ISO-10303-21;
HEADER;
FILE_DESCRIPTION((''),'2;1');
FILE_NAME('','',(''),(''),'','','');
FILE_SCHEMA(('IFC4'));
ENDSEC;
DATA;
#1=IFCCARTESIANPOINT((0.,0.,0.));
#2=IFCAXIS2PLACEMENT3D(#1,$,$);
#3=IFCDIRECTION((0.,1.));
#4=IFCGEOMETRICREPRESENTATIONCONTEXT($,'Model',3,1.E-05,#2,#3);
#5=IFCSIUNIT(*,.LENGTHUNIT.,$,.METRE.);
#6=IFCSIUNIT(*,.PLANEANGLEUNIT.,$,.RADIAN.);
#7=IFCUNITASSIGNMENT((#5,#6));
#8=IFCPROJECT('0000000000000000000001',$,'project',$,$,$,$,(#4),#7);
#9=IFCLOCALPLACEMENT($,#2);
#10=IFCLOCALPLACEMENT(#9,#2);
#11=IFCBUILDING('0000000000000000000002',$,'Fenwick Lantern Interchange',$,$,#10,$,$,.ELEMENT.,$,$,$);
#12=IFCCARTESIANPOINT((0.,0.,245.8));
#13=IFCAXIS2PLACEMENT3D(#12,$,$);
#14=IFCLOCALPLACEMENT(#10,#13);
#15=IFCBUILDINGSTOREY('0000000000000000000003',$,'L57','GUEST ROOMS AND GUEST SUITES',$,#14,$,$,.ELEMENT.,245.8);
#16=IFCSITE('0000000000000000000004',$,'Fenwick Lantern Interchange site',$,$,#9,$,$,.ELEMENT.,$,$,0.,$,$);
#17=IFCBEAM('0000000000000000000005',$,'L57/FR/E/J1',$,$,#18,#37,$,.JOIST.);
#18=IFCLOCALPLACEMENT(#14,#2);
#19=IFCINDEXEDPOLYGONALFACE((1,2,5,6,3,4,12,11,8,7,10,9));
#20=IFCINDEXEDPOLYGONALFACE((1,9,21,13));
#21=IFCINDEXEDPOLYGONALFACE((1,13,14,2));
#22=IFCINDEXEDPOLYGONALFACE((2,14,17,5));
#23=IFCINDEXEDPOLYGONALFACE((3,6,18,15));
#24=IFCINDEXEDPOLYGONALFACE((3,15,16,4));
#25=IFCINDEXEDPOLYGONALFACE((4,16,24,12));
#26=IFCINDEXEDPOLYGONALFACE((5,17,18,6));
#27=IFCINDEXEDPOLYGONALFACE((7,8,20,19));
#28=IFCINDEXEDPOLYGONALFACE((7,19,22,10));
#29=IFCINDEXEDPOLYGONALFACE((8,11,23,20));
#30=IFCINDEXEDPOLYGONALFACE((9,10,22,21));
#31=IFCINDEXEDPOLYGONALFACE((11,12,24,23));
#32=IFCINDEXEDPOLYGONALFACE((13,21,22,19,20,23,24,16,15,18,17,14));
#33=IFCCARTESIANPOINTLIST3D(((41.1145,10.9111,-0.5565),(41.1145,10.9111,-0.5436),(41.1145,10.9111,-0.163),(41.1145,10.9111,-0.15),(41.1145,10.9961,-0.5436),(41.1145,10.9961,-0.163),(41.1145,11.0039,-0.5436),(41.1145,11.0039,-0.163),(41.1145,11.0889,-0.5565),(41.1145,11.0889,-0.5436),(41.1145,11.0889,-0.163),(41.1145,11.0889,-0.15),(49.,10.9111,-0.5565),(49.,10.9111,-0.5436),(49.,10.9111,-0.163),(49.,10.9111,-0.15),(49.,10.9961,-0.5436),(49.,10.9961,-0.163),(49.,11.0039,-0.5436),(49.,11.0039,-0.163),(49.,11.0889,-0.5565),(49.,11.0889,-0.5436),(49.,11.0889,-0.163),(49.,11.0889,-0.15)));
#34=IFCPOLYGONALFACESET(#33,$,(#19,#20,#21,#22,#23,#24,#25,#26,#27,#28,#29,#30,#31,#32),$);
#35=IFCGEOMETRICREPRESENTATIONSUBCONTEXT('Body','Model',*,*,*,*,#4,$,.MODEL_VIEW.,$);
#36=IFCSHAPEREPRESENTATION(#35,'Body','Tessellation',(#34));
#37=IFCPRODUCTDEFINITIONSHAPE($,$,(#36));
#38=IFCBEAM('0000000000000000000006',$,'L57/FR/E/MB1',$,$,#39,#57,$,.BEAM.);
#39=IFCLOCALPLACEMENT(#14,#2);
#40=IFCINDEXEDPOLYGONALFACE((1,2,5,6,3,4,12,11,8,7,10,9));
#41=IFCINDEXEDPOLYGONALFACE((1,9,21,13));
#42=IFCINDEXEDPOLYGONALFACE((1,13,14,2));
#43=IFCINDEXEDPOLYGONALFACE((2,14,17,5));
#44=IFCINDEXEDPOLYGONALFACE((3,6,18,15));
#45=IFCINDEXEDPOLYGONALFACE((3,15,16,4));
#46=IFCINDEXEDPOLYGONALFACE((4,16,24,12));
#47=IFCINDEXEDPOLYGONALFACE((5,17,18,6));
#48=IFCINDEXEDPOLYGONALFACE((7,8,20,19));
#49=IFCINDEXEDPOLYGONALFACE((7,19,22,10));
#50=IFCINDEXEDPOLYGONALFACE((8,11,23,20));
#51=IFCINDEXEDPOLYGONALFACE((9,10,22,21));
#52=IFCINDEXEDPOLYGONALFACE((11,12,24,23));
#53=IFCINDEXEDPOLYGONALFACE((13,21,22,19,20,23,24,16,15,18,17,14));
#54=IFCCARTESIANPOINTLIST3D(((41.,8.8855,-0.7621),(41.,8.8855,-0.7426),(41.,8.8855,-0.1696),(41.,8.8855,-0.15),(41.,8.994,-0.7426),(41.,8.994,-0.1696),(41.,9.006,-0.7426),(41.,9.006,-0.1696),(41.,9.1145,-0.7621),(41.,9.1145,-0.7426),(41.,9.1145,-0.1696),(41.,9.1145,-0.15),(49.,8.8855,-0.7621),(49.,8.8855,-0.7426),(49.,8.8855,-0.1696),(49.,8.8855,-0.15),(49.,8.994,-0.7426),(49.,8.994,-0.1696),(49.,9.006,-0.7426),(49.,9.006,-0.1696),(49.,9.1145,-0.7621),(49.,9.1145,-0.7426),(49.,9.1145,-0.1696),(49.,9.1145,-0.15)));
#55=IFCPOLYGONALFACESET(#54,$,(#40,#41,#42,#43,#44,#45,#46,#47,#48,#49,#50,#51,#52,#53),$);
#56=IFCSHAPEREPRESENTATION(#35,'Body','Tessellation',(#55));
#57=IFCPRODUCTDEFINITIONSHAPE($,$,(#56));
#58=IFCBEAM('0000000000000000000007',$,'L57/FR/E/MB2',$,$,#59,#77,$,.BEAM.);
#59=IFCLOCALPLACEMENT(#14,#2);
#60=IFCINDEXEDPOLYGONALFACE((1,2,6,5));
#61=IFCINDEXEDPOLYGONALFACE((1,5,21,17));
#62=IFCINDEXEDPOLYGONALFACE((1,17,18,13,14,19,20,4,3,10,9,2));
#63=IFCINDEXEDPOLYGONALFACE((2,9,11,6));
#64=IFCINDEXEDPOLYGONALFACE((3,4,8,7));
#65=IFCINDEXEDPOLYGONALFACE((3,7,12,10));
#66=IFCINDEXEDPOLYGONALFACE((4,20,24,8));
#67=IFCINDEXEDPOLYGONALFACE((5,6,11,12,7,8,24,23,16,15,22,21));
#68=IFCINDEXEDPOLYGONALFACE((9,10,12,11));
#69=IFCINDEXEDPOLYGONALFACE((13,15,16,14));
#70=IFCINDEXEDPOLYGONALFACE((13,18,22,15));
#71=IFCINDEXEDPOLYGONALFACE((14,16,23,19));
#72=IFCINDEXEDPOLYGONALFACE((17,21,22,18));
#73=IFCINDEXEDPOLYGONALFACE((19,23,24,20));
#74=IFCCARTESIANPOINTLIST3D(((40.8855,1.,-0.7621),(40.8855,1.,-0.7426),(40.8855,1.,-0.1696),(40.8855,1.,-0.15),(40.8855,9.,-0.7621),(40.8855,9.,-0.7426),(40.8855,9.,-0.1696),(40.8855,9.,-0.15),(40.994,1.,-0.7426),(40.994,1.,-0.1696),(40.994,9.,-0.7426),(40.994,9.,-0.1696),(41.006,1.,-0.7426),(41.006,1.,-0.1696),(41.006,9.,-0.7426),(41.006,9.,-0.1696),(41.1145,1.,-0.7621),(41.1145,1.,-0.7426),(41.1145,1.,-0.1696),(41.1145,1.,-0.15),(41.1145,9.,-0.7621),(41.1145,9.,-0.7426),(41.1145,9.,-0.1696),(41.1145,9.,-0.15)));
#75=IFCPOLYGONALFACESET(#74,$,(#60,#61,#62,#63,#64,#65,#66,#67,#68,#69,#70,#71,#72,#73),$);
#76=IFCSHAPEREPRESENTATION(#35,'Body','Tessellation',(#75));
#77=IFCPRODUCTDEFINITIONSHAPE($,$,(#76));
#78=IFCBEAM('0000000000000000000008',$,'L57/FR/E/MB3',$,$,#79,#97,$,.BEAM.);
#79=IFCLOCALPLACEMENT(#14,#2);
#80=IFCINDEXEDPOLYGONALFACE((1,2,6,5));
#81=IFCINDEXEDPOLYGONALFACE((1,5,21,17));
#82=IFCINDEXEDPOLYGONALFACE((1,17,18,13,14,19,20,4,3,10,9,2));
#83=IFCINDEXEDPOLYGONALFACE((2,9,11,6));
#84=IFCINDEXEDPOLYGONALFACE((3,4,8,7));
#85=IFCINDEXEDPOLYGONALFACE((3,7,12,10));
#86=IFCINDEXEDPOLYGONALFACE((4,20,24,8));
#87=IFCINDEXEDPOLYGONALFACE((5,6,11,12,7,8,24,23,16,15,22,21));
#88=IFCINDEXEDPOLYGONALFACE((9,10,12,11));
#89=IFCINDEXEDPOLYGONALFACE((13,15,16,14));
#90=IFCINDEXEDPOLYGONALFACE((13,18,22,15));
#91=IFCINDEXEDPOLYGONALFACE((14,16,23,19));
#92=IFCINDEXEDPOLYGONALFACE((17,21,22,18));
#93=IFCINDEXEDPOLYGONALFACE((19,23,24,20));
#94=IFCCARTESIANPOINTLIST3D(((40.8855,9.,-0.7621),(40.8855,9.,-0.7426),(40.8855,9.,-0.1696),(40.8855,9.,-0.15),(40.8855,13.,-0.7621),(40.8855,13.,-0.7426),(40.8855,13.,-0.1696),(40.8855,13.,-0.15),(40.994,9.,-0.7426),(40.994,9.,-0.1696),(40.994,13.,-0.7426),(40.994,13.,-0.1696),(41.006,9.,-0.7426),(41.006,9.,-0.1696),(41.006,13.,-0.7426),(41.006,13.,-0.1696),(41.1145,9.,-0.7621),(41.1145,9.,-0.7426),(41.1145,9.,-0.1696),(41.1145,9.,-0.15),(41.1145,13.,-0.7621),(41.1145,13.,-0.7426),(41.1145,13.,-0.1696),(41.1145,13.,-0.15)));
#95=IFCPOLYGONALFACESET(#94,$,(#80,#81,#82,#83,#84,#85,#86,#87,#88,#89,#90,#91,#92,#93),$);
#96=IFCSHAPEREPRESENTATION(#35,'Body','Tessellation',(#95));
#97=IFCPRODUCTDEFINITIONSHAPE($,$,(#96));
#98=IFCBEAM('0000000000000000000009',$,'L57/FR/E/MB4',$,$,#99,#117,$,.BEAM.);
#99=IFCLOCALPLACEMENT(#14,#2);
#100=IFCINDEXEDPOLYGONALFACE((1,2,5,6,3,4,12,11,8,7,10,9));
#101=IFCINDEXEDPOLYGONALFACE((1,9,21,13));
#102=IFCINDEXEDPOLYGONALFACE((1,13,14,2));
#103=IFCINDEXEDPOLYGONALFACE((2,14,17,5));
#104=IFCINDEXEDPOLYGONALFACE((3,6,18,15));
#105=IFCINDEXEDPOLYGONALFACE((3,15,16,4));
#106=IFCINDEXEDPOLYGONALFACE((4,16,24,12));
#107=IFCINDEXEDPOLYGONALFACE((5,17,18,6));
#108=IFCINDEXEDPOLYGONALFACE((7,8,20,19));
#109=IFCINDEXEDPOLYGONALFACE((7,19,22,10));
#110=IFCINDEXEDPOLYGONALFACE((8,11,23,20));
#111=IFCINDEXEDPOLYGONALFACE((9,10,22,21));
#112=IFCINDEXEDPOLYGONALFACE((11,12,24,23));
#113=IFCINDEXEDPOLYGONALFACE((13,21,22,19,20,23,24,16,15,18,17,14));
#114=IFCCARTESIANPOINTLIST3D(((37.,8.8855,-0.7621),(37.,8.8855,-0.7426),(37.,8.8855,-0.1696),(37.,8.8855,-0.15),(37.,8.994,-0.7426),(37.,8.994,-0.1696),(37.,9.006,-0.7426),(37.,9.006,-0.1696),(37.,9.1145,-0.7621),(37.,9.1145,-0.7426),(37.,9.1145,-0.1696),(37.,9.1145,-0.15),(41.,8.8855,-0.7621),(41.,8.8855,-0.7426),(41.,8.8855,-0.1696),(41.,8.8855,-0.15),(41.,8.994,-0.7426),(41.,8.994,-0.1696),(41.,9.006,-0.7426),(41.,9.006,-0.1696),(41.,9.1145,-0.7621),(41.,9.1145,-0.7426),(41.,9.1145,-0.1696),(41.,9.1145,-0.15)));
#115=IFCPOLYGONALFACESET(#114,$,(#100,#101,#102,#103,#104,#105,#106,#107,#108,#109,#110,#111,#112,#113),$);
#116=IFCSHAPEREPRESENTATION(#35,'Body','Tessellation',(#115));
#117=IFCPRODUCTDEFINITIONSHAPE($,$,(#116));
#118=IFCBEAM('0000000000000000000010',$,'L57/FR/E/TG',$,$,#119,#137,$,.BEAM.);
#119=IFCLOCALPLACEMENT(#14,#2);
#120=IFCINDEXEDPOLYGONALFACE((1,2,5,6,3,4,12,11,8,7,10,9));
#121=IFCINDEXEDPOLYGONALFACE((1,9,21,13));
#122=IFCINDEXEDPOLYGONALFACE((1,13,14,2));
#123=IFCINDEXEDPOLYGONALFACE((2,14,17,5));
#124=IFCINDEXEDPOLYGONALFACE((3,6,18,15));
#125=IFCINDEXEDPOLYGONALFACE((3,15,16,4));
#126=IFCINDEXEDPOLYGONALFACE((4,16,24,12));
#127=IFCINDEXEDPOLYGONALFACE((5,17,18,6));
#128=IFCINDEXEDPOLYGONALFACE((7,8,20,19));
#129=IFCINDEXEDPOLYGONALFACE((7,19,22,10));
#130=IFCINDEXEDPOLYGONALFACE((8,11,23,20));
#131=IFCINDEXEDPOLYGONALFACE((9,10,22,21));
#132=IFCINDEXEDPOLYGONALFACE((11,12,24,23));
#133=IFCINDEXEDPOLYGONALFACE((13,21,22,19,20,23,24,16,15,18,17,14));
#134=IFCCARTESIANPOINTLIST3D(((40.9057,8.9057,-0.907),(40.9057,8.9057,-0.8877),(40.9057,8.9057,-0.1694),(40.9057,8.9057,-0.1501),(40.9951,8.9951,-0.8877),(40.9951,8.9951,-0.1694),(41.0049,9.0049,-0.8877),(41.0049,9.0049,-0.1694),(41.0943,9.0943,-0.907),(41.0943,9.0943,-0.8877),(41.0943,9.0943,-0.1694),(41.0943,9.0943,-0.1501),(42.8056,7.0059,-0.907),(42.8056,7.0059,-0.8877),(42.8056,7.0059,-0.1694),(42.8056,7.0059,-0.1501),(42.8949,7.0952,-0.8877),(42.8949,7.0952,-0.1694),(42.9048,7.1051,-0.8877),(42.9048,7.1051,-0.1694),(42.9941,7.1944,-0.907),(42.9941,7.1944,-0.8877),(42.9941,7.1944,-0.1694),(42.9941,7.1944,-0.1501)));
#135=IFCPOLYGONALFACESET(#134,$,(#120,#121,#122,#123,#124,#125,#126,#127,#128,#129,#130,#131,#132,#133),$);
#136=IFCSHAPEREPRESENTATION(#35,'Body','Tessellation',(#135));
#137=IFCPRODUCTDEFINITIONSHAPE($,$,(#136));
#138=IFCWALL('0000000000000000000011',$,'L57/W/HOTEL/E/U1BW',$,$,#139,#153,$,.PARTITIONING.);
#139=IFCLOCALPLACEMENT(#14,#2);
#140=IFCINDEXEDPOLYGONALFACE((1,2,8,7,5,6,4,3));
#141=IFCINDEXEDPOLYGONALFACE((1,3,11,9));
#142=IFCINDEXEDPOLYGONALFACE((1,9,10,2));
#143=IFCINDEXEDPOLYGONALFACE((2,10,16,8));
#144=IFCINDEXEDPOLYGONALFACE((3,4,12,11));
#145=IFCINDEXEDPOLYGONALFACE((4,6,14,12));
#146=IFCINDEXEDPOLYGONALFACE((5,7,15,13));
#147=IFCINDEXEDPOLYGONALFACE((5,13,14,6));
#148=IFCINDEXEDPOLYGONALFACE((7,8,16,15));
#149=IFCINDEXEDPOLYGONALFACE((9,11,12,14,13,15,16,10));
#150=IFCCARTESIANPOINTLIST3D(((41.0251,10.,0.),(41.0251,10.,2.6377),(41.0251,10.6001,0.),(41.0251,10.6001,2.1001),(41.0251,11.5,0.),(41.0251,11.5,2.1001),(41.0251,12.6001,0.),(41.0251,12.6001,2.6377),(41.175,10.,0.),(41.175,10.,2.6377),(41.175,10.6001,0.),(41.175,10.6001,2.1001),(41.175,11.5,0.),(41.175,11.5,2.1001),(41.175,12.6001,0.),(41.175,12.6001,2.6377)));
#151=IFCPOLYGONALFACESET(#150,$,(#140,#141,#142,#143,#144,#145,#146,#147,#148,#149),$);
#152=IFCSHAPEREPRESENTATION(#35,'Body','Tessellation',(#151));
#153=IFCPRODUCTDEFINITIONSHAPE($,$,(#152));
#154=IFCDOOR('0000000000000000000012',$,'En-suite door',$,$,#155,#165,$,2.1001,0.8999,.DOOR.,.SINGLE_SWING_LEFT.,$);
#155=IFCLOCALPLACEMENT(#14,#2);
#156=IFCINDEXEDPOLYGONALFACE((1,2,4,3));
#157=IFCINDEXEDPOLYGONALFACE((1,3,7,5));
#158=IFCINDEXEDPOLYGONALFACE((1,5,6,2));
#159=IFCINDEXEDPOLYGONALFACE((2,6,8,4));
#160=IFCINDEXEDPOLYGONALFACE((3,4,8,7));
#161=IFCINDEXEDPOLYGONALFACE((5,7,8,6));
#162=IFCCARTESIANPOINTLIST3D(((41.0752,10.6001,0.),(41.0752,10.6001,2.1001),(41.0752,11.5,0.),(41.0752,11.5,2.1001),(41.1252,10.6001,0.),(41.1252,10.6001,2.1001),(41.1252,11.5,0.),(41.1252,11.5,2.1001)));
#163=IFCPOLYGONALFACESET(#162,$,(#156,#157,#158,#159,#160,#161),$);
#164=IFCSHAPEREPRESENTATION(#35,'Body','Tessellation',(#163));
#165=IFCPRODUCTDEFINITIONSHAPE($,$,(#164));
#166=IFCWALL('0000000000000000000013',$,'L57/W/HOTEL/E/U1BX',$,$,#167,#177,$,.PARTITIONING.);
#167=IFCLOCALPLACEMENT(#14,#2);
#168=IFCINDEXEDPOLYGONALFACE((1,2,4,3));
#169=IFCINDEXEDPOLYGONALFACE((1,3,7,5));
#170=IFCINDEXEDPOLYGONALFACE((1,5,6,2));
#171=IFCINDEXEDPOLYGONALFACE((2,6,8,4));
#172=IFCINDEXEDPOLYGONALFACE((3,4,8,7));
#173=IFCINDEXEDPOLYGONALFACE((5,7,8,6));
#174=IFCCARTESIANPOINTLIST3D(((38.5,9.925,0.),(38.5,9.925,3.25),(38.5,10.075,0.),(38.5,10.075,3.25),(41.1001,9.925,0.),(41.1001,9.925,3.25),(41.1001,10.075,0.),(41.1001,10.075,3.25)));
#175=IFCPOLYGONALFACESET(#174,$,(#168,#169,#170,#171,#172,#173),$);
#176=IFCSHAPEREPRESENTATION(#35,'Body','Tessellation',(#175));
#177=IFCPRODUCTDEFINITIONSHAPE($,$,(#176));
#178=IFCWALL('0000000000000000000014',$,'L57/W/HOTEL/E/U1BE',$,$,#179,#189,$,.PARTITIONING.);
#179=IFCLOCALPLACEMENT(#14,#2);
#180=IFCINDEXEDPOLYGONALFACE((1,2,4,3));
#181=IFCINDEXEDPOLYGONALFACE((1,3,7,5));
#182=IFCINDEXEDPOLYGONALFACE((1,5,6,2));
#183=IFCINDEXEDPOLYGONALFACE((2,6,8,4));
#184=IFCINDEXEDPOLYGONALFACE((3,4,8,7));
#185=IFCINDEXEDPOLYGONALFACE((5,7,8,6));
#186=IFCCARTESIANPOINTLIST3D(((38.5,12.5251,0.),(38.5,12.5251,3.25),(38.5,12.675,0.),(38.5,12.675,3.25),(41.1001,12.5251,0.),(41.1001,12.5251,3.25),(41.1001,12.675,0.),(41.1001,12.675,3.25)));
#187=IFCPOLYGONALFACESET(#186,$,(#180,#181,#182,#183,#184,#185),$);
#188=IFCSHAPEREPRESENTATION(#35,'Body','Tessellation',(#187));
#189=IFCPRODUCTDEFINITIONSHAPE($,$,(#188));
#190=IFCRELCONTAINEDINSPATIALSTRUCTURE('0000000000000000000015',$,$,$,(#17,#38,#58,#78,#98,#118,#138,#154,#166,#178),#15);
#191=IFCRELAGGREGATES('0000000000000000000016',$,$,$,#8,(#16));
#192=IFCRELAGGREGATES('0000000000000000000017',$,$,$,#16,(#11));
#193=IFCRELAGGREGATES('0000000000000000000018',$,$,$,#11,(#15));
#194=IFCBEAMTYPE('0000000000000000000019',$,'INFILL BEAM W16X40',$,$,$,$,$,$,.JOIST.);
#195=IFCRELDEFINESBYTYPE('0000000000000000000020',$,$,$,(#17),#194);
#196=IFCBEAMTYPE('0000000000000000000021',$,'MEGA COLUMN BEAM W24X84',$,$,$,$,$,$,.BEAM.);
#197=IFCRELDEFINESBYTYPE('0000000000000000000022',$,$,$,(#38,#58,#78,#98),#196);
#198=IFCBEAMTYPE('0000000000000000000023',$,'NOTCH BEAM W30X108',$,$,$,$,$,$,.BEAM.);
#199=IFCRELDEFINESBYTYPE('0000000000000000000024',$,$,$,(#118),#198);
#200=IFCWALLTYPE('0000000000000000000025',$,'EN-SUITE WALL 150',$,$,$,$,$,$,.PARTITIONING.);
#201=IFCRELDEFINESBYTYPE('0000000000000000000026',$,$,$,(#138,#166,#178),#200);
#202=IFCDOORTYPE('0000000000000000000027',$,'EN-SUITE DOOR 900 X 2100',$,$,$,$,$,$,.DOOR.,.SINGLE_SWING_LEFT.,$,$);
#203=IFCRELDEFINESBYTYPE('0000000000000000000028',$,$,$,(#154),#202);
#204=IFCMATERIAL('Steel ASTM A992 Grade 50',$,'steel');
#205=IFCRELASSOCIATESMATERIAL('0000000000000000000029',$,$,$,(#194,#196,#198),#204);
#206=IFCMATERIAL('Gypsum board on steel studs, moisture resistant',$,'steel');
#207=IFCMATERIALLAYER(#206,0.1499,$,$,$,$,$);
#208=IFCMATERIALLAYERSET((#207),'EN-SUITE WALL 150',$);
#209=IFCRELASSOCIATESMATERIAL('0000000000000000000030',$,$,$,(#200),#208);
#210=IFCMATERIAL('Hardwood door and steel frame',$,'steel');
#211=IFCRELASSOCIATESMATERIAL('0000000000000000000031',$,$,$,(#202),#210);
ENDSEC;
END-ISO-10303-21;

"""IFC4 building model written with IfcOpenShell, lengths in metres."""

from ifc_helpers import new_model, si_unit, direction, frame, frame_2d, origin, origin_2d, place, context, subcontext, project, spatial, rectangle, i_section, extrude, material, layer, layer_set, material_profile, profile_set, type_object, element, fill, save


model = new_model("IFC4")

# Units and contexts
model_context = context("Model", 3, precision=1e-05, world=origin(), true_north=direction((0.0, 1.0)))
body_context = subcontext(model_context, "Body", "Model", "MODEL_VIEW")
ifc_project = project(units=[si_unit("LENGTHUNIT", "METRE"), si_unit("PLANEANGLEUNIT", "RADIAN")], contexts=[model_context])

# Site, building, storey
site_placement = place(None, origin())
site = spatial("IfcSite", under=ifc_project, at=site_placement, Name="Fenwick Lantern Interchange site", CompositionType="ELEMENT", RefElevation=0.0)
building_placement = place(site_placement, origin())
building = spatial("IfcBuilding", under=site, at=building_placement, Name="Fenwick Lantern Interchange", CompositionType="ELEMENT")
storey_placement = place(building_placement, frame((0.0, 0.0, 245.8)))
storey = spatial("IfcBuildingStorey", under=building, at=storey_placement, Name="L57", Description="GUEST ROOMS AND GUEST SUITES", CompositionType="ELEMENT", Elevation=245.8)

# Shared definitions
ifc_material_1 = material(Name="Steel ASTM A992 Grade 50", Category="steel")

# Beams
ifc_material_profile_1 = material_profile(ifc_material_1, i_section(OverallWidth=0.1777, OverallDepth=0.4065, WebThickness=0.0078, FlangeThickness=0.0129, at=origin_2d()), Name="W16X40")
ifc_profile_set_1 = profile_set([ifc_material_profile_1], Name="Steel ASTM A992 Grade 50")
beam_type_1 = type_object("IfcBeamType", Name="INFILL BEAM W16X40", PredefinedType="JOIST", material=ifc_profile_set_1)
beam_1_placement = place(storey_placement, frame((49.0, 11.0, -0.3533), z_axis=(-1.0, 0.0, 0.0), x_axis=(0.0, -1.0, 0.0)))
element("IfcBeam", 1, at=beam_1_placement, inside=storey, type_object=beam_type_1, Name="L57/FR/E/J1", PredefinedType="JOIST", context=body_context, shape_type="SweptSolid", body=[
    extrude(i_section(OverallWidth=0.1777, OverallDepth=0.4065, WebThickness=0.0078, FlangeThickness=0.0129, at=origin_2d()), origin(), (0.0, 0.0, 1.0), 7.8855),
])
ifc_material_profile_2 = material_profile(ifc_material_1, i_section(OverallWidth=0.229, OverallDepth=0.6121, WebThickness=0.012, FlangeThickness=0.0195, at=origin_2d()), Name="W24X84")
ifc_profile_set_2 = profile_set([ifc_material_profile_2], Name="Steel ASTM A992 Grade 50")
beam_type_2 = type_object("IfcBeamType", Name="MEGA COLUMN BEAM W24X84", PredefinedType="BEAM", material=ifc_profile_set_2)
for number, where, z_axis, x_axis, name in (
    (2, (41.0, 9.0, -0.4561), (1.0, 0.0, 0.0), (0.0, 1.0, 0.0), "L57/FR/E/MB1"),
    (3, (41.0, 9.0, -0.4561), (0.0, -1.0, 0.0), (1.0, 0.0, 0.0), "L57/FR/E/MB2"),
):
    element("IfcBeam", number, at=place(storey_placement, frame(where, z_axis=z_axis, x_axis=x_axis)), inside=storey, type_object=beam_type_2, Name=name, PredefinedType="BEAM", context=body_context, shape_type="SweptSolid", body=[
        extrude(i_section(OverallWidth=0.229, OverallDepth=0.6121, WebThickness=0.012, FlangeThickness=0.0195, at=origin_2d()), origin(), (0.0, 0.0, 1.0), 8.0),
    ])
for number, where, z_axis, x_axis, name in (
    (4, (41.0, 9.0, -0.4561), (0.0, 1.0, 0.0), (-1.0, 0.0, 0.0), "L57/FR/E/MB3"),
    (5, (41.0, 9.0, -0.4561), (-1.0, 0.0, 0.0), (0.0, -1.0, 0.0), "L57/FR/E/MB4"),
):
    element("IfcBeam", number, at=place(storey_placement, frame(where, z_axis=z_axis, x_axis=x_axis)), inside=storey, type_object=beam_type_2, Name=name, PredefinedType="BEAM", context=body_context, shape_type="SweptSolid", body=[
        extrude(i_section(OverallWidth=0.229, OverallDepth=0.6121, WebThickness=0.012, FlangeThickness=0.0195, at=origin_2d()), origin(), (0.0, 0.0, 1.0), 4.0),
    ])
ifc_material_profile_3 = material_profile(ifc_material_1, i_section(OverallWidth=0.2666, OverallDepth=0.7568, WebThickness=0.0139, FlangeThickness=0.0193, at=origin_2d()), Name="W30X108")
ifc_profile_set_3 = profile_set([ifc_material_profile_3], Name="Steel ASTM A992 Grade 50")
beam_type_3 = type_object("IfcBeamType", Name="NOTCH BEAM W30X108", PredefinedType="BEAM", material=ifc_profile_set_3)
beam_2_placement = place(storey_placement, frame((41.0, 9.0, -0.5286), z_axis=(0.707107, -0.707107, 0.0), x_axis=(0.707107, 0.707107, 0.0)))
element("IfcBeam", 6, at=beam_2_placement, inside=storey, type_object=beam_type_3, Name="L57/FR/E/TG", PredefinedType="BEAM", context=body_context, shape_type="SweptSolid", body=[
    extrude(i_section(OverallWidth=0.2666, OverallDepth=0.7568, WebThickness=0.0139, FlangeThickness=0.0193, at=origin_2d()), origin(), (0.0, 0.0, 1.0), 2.6868),
])

# Wall, opening, door
ifc_material_2 = material(Name="Gypsum board on steel studs, moisture resistant", Category="steel")
ifc_layer = layer(ifc_material_2, 0.1499)
ifc_layer_set = layer_set([ifc_layer], Name="EN-SUITE WALL 150")
wall_type = type_object("IfcWallType", Name="EN-SUITE WALL 150", PredefinedType="PARTITIONING", material=ifc_layer_set)
wall_placement = place(storey_placement, frame((41.1001, 10.0, 0.0), z_axis=(0.0, 0.0, 1.0), x_axis=(0.0, 1.0, 0.0)))
wall = element("IfcWall", 7, at=wall_placement, inside=storey, type_object=wall_type, Name="L57/W/HOTEL/E/U1BW", PredefinedType="PARTITIONING", context=body_context, shape_type="SweptSolid", body=[
    extrude(rectangle(XDim=2.6001, YDim=0.1499, at=frame_2d((1.3, 0.0))), origin(), (0.0, 0.0, 1.0), 2.6377),
])
opening_placement = place(wall_placement, frame((0.6001, 0.0, 0.0)))
opening = element("IfcOpeningElement", 8, at=opening_placement, cuts=wall, PredefinedType="OPENING", context=body_context, shape_type="SweptSolid", body=[
    extrude(rectangle(XDim=0.8999, YDim=2.1001, at=frame_2d((0.45, 1.05))), frame((0.0, 0.085, 0.0), z_axis=(0.0, -1.0, 0.0), x_axis=(1.0, 0.0, 0.0)), (0.0, 0.0, 1.0), 0.1699),
])
ifc_material_3 = material(Name="Hardwood door and steel frame", Category="steel")
door_type = type_object("IfcDoorType", Name="EN-SUITE DOOR 900 X 2100", OperationType="SINGLE_SWING_LEFT", PredefinedType="DOOR", material=ifc_material_3)
door_placement = place(opening_placement, origin())
door = element("IfcDoor", 9, at=door_placement, inside=storey, type_object=door_type, Name="En-suite door", OperationType="SINGLE_SWING_LEFT", OverallHeight=2.1001, OverallWidth=0.8999, PredefinedType="DOOR", context=body_context, shape_type="SweptSolid", body=[
    extrude(rectangle(XDim=0.8999, YDim=2.1001, at=frame_2d((0.45, 1.05))), frame((0.0, 0.0249, 0.0), z_axis=(0.0, -1.0, 0.0), x_axis=(1.0, 0.0, 0.0)), (0.0, 0.0, 1.0), 0.05),
])
fill(opening, door)

# Walls
for number, where, z_axis, x_axis, name in (
    (10, (41.1001, 10.0, 0.0), (0.0, 0.0, 1.0), (-1.0, 0.0, 0.0), "L57/W/HOTEL/E/U1BX"),
    (11, (41.1001, 12.6001, 0.0), (0.0, 0.0, 1.0), (-1.0, 0.0, 0.0), "L57/W/HOTEL/E/U1BE"),
):
    element("IfcWall", number, at=place(storey_placement, frame(where, z_axis=z_axis, x_axis=x_axis)), inside=storey, type_object=wall_type, Name=name, PredefinedType="PARTITIONING", context=body_context, shape_type="SweptSolid", body=[
        extrude(rectangle(XDim=2.6001, YDim=0.1499, at=frame_2d((1.3, 0.0))), origin(), (0.0, 0.0, 1.0), 3.25),
    ])

save(model, "model.ifc")
